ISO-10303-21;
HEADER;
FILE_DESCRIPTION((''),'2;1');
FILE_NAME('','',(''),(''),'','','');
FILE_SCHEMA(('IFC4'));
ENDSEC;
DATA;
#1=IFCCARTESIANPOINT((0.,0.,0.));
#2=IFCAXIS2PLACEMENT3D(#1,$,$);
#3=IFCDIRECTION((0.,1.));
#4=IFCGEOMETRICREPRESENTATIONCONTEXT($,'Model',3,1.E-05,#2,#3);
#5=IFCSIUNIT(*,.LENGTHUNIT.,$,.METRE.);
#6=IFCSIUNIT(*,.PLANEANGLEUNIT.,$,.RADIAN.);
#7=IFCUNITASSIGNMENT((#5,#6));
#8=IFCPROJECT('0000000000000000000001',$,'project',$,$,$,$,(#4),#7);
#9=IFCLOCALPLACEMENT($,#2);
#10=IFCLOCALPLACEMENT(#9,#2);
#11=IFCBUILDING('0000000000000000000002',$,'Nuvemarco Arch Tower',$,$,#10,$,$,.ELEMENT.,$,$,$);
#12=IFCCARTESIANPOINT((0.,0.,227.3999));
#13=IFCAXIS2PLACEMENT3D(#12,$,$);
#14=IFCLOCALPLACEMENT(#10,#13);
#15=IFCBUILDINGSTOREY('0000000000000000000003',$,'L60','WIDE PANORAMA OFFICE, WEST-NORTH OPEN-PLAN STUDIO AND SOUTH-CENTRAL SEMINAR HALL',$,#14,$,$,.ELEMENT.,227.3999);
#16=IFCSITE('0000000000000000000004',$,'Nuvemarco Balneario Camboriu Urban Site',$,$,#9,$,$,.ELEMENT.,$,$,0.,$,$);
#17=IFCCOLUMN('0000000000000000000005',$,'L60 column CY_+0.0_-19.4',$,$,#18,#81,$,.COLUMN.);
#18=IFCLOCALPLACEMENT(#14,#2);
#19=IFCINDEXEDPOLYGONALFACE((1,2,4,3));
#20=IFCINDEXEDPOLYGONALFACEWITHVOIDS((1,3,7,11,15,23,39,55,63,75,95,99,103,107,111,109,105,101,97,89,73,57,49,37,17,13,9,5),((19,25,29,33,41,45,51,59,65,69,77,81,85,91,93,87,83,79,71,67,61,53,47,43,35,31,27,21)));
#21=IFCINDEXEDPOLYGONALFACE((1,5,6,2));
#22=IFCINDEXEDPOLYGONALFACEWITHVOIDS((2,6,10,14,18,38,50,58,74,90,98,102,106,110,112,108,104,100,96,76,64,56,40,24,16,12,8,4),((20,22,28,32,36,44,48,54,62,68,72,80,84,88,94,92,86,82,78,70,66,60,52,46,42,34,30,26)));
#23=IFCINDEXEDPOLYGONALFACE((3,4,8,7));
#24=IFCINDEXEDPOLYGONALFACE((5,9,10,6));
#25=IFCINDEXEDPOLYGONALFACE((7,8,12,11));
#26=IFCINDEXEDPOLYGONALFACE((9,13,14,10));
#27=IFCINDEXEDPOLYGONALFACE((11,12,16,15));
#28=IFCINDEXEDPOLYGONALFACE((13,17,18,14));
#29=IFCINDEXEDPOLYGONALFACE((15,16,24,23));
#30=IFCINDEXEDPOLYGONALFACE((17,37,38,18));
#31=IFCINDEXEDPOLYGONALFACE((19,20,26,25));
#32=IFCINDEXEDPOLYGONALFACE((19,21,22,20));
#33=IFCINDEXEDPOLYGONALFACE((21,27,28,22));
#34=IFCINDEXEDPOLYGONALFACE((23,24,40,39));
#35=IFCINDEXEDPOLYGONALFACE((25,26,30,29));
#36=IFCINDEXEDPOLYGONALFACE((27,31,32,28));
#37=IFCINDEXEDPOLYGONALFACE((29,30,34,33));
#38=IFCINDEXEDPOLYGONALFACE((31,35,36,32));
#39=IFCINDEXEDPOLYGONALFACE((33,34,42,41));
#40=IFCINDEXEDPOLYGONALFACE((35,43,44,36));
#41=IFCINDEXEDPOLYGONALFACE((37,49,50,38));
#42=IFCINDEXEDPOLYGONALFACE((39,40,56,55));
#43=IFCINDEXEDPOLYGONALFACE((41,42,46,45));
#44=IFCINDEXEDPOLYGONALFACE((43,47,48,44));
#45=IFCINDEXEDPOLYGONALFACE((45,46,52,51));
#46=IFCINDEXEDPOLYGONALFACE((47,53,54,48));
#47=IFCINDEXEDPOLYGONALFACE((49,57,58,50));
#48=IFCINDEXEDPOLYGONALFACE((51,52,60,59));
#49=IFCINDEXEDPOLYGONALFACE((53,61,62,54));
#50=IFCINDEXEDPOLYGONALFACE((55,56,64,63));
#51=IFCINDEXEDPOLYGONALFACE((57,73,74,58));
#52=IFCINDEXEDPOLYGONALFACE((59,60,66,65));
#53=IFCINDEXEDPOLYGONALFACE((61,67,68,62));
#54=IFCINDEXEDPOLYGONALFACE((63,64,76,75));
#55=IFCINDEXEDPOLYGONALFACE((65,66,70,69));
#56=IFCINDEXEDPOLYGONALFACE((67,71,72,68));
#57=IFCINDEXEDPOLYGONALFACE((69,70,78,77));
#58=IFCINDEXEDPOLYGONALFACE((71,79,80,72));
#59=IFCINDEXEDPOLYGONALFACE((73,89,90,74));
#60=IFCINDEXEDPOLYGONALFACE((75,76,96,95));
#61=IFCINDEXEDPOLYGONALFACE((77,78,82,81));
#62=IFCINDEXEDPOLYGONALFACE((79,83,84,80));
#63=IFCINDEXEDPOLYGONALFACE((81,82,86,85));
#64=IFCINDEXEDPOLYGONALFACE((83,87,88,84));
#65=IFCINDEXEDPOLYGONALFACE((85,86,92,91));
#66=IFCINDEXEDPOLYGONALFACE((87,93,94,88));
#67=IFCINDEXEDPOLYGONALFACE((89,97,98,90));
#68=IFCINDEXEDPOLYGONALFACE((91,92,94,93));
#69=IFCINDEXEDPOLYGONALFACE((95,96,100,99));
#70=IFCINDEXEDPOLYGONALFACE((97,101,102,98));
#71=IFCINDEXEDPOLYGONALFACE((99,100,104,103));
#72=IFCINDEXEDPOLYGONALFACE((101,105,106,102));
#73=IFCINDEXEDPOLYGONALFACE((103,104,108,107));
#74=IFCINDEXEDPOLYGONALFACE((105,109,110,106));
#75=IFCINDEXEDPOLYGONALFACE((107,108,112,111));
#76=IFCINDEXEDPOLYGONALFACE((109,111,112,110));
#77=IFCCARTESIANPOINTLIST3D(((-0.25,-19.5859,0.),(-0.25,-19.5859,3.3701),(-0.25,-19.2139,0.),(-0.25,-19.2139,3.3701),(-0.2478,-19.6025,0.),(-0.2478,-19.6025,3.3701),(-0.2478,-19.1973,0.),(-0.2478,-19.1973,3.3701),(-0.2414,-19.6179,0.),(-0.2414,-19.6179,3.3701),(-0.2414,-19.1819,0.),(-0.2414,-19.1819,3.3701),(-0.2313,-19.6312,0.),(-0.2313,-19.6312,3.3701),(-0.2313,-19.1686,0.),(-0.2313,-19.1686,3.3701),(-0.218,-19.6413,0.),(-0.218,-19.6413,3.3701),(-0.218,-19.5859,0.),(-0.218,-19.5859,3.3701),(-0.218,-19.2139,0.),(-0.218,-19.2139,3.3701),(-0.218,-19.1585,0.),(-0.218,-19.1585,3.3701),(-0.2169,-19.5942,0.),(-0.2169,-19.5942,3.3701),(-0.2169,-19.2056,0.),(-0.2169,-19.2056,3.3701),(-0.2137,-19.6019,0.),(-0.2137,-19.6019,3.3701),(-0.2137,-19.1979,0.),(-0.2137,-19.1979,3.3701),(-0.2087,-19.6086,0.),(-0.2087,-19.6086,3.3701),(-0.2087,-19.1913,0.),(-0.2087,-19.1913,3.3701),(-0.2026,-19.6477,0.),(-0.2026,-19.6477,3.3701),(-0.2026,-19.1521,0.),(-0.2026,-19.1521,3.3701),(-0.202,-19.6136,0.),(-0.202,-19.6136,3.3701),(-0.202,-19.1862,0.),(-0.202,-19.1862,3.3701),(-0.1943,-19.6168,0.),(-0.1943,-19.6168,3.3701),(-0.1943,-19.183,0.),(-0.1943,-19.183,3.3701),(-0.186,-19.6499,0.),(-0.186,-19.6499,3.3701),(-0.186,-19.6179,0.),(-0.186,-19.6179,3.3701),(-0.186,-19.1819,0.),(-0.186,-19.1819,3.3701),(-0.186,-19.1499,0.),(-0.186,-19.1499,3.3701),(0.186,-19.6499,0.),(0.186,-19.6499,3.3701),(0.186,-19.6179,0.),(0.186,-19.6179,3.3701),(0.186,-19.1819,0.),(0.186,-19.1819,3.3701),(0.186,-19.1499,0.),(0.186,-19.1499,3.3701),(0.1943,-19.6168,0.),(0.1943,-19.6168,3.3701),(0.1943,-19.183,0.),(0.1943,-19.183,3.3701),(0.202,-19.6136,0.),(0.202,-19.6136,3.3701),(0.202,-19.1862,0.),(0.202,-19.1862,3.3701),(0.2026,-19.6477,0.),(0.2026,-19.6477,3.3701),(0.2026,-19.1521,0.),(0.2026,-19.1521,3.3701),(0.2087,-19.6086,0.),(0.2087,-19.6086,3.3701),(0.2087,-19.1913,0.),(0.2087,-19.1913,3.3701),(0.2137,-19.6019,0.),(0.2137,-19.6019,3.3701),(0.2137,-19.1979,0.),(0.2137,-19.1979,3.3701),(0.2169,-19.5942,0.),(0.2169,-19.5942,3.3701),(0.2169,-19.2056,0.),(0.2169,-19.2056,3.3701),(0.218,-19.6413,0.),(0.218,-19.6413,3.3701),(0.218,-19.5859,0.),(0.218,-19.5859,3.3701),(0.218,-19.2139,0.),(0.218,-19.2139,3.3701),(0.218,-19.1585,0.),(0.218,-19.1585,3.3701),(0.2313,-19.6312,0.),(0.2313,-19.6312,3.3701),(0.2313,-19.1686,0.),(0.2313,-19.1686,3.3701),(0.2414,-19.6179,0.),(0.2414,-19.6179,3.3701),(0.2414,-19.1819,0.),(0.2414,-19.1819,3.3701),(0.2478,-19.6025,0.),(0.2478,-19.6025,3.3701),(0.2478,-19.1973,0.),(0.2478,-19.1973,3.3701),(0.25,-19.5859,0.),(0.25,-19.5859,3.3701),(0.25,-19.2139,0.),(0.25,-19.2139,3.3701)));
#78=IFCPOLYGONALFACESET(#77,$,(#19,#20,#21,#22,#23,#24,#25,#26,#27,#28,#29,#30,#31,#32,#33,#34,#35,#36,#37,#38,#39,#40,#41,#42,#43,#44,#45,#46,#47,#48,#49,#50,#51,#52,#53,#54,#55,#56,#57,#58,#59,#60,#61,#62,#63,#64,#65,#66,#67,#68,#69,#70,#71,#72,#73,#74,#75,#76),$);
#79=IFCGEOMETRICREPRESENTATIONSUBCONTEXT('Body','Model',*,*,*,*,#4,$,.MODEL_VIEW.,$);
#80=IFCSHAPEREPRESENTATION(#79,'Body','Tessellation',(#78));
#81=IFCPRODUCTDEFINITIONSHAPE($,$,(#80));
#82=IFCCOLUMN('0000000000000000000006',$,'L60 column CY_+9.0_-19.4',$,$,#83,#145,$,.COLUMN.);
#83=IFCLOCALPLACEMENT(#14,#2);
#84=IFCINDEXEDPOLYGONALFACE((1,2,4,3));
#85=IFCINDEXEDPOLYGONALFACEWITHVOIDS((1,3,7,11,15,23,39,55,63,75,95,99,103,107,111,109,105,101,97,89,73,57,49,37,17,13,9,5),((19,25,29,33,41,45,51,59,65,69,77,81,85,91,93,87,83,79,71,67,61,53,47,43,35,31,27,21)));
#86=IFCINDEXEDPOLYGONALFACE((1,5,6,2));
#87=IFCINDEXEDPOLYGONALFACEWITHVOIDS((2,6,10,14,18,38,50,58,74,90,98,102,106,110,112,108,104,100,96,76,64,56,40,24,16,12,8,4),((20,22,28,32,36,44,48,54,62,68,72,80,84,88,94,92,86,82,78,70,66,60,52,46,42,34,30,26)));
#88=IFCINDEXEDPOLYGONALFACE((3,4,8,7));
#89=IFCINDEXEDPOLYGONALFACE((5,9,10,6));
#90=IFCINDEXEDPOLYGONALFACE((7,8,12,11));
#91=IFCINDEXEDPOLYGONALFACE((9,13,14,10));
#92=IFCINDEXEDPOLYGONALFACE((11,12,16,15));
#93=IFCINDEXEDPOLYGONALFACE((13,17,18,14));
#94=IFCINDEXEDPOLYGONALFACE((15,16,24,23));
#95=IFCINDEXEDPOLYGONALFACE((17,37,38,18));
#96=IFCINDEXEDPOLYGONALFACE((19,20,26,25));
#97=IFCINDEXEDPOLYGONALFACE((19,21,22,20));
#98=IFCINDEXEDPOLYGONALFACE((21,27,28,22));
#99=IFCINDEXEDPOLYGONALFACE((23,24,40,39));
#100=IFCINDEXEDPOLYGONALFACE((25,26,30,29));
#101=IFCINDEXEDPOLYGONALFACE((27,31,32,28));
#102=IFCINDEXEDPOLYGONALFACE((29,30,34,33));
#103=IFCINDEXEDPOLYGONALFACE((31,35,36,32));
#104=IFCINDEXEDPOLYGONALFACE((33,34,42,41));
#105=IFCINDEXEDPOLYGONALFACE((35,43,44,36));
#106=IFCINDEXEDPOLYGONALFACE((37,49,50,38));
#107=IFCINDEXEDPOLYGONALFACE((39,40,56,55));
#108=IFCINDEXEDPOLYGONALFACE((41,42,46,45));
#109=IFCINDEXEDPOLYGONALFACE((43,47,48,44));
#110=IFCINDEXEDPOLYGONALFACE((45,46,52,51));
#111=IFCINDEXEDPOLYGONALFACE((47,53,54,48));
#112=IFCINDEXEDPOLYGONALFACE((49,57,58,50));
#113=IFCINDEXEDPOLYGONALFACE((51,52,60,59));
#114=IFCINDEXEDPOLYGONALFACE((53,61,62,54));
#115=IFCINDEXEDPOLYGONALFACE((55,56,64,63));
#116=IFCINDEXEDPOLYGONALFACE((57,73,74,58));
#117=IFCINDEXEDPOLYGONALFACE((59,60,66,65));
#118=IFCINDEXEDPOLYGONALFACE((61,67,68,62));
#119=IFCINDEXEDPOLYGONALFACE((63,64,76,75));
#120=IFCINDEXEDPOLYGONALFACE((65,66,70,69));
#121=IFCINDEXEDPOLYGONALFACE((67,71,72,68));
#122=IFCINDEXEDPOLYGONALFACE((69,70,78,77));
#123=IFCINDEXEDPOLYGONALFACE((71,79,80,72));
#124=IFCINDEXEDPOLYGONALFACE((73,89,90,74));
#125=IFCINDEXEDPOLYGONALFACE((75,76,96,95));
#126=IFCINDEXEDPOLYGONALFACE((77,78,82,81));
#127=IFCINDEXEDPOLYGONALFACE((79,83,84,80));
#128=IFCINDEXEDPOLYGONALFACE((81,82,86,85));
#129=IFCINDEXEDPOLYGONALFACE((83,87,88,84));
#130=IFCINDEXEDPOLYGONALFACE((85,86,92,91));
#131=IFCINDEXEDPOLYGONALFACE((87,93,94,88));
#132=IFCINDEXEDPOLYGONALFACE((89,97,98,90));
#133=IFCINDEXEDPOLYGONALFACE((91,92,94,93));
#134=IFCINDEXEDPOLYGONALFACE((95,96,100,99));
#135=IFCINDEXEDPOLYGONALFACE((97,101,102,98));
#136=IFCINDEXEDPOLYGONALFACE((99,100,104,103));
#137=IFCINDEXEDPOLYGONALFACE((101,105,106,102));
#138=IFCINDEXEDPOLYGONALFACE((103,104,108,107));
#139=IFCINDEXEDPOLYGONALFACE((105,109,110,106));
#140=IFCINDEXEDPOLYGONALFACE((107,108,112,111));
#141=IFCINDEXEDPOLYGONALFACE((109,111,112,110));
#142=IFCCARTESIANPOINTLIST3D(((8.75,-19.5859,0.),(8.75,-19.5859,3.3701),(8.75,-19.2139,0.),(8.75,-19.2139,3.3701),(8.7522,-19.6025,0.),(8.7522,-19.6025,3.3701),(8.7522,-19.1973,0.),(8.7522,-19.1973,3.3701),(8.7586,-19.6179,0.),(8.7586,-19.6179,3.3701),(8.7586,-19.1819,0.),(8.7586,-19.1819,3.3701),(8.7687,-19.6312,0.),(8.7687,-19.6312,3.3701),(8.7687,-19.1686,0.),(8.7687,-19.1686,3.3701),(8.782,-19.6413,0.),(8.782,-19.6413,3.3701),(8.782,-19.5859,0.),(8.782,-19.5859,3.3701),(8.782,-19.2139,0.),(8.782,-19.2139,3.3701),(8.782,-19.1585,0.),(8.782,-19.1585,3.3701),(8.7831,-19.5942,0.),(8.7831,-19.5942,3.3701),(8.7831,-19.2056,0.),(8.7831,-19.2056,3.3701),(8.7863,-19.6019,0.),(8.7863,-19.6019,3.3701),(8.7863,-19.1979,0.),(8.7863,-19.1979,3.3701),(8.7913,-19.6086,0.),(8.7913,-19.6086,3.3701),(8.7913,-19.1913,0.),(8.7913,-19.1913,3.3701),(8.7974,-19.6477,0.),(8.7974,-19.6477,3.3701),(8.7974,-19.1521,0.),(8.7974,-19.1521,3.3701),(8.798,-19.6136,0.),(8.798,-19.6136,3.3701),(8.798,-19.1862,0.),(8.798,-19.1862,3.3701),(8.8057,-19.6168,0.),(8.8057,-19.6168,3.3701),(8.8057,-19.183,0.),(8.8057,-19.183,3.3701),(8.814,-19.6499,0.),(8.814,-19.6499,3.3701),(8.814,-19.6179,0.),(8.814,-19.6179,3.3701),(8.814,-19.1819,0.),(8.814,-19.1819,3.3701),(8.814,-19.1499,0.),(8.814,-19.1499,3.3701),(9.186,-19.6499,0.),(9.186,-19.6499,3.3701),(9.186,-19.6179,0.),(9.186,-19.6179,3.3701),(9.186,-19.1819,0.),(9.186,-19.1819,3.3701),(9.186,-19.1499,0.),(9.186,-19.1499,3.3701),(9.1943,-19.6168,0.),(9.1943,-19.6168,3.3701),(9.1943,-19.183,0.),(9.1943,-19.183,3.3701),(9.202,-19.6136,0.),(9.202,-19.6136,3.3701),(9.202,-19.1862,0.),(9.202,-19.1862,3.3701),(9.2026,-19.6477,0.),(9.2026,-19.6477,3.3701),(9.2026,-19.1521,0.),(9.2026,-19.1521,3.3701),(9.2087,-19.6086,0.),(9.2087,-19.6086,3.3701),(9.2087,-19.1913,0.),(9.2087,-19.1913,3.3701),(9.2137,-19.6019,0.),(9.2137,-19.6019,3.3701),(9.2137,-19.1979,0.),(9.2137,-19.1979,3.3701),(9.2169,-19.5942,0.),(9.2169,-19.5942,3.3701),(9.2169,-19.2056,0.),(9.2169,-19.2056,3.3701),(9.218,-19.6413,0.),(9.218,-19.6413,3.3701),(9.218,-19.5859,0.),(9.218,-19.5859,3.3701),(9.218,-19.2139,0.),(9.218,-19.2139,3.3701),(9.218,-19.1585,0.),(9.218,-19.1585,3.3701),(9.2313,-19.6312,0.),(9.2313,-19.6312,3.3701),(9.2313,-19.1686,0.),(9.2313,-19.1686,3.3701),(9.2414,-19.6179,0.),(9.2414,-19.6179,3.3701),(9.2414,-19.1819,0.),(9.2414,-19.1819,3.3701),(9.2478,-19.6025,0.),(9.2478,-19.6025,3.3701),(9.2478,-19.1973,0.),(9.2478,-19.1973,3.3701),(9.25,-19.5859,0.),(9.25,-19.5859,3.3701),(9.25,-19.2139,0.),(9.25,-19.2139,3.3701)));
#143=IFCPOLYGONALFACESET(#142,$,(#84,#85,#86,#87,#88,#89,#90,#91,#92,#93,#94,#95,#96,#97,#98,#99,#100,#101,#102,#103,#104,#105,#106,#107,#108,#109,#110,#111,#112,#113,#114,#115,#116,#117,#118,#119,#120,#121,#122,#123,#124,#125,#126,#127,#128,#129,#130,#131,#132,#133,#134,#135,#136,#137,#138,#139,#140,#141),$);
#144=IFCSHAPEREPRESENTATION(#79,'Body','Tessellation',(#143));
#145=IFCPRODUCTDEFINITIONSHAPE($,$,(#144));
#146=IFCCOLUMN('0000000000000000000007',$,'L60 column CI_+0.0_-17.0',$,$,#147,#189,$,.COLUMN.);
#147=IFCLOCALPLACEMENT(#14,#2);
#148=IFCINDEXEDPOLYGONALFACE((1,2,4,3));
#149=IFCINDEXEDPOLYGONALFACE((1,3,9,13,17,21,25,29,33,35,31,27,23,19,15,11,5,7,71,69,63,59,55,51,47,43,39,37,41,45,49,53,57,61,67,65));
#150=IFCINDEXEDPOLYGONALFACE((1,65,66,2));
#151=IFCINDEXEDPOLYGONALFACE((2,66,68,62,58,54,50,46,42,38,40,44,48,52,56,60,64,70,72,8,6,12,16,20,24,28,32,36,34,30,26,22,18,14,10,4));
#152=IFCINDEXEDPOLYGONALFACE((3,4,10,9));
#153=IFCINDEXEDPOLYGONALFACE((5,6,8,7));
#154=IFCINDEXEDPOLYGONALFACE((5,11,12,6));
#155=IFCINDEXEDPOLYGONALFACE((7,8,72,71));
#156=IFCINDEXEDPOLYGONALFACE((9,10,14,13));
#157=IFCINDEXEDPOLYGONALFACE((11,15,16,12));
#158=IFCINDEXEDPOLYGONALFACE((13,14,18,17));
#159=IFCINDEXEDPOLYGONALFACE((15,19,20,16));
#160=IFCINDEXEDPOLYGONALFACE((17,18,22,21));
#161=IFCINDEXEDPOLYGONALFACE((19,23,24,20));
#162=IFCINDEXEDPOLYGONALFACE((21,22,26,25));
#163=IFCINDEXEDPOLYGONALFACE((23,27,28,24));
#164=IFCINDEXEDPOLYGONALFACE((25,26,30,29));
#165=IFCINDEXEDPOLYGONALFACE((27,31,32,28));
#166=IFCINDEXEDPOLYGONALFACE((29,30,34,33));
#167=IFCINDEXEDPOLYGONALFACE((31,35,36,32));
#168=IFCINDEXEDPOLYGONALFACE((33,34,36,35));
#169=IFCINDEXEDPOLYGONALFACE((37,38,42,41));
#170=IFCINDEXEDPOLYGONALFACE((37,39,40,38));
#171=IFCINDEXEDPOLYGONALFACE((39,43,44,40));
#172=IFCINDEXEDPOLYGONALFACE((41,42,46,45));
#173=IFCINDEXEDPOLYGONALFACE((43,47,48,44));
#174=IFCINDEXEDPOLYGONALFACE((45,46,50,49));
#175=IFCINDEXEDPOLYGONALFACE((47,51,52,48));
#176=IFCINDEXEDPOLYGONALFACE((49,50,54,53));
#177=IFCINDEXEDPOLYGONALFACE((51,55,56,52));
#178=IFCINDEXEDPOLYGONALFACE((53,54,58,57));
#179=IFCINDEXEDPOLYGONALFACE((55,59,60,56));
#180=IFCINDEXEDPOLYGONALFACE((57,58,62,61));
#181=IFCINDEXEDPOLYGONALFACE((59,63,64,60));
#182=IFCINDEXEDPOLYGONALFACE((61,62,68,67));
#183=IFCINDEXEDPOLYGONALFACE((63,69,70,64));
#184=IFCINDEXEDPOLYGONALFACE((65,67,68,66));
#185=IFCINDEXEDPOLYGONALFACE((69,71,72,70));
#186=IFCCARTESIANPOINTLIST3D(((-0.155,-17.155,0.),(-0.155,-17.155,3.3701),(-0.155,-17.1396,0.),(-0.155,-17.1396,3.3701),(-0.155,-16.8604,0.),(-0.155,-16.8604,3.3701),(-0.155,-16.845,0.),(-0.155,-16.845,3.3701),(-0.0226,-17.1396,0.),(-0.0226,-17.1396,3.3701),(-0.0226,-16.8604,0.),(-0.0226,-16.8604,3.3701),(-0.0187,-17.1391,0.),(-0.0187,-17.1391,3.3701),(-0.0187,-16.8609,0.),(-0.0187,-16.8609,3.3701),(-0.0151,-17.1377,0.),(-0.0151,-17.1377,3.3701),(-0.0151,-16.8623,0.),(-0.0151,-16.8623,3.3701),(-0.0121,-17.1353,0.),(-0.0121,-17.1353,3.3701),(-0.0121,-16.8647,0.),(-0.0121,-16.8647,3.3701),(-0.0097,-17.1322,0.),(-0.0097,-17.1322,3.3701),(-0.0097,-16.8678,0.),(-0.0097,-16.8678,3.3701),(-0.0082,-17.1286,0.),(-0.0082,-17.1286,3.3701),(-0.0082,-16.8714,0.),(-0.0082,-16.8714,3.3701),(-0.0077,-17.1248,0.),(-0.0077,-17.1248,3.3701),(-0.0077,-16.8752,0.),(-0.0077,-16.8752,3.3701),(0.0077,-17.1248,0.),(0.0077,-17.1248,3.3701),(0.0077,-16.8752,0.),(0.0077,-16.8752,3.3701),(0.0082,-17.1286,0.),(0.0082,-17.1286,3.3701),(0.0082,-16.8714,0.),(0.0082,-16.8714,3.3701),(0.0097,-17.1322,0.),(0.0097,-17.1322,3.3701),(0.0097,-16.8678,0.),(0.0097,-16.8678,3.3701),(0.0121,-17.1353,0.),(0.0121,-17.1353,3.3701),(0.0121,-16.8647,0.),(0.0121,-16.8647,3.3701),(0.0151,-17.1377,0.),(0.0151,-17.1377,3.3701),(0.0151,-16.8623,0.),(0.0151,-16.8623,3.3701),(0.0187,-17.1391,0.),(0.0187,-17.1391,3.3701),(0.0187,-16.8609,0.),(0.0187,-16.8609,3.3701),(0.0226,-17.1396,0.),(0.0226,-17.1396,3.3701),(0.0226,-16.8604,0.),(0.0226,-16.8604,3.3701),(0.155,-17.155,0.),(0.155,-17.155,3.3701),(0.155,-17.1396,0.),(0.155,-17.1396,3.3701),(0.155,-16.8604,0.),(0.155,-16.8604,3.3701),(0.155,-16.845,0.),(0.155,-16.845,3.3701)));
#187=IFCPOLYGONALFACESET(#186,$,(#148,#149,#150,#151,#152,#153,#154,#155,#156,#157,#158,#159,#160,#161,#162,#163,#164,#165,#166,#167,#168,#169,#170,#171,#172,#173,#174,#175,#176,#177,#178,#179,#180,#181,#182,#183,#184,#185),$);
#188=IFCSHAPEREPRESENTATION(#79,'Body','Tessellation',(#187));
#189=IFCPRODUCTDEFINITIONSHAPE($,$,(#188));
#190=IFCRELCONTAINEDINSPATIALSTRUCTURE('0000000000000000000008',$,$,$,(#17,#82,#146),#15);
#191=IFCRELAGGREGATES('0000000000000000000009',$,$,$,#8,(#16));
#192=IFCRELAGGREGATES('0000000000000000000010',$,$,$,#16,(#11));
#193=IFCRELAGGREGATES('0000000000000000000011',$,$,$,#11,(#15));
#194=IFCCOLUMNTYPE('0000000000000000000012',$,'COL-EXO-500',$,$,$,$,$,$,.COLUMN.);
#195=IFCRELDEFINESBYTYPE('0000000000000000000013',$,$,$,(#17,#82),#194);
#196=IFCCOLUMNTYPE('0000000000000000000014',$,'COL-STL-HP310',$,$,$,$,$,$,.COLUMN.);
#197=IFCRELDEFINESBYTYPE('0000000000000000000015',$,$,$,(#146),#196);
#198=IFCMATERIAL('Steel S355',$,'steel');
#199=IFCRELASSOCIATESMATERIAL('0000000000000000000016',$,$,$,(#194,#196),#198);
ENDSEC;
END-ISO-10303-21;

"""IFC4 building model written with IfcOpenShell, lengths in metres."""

from ifc_helpers import new_model, si_unit, direction, frame, origin, origin_2d, place, context, subcontext, project, spatial, hollow_rectangle, i_section, extrude, material, material_profile, profile_set, type_object, element, save


model = new_model("IFC4")

# Units and contexts
model_context = context("Model", 3, precision=1e-05, world=origin(), true_north=direction((0.0, 1.0)))
body_context = subcontext(model_context, "Body", "Model", "MODEL_VIEW")
ifc_project = project(units=[si_unit("LENGTHUNIT", "METRE"), si_unit("PLANEANGLEUNIT", "RADIAN")], contexts=[model_context])

# Site, building, storey
site_placement = place(None, origin())
site = spatial("IfcSite", under=ifc_project, at=site_placement, Name="Nuvemarco Balneario Camboriu Urban Site", CompositionType="ELEMENT", RefElevation=0.0)
building_placement = place(site_placement, origin())
building = spatial("IfcBuilding", under=site, at=building_placement, Name="Nuvemarco Arch Tower", CompositionType="ELEMENT")
storey_placement = place(building_placement, frame((0.0, 0.0, 227.3999)))
storey = spatial("IfcBuildingStorey", under=building, at=storey_placement, Name="L60", Description="WIDE PANORAMA OFFICE, WEST-NORTH OPEN-PLAN STUDIO AND SOUTH-CENTRAL SEMINAR HALL", CompositionType="ELEMENT", Elevation=227.3999)

# Columns
ifc_material_1 = material(Name="Steel S355", Category="steel")
ifc_material_profile_1 = material_profile(ifc_material_1, hollow_rectangle(XDim=0.5, YDim=0.5, WallThickness=0.032, InnerFilletRadius=0.032, OuterFilletRadius=0.064, at=origin_2d()), Name="SHS500x500x32")
ifc_profile_set_1 = profile_set([ifc_material_profile_1], Name="Steel S355")
column_type_1 = type_object("IfcColumnType", Name="COL-EXO-500", PredefinedType="COLUMN", material=ifc_profile_set_1)
for number, where, z_axis, x_axis, name in (
    (1, (0.0, -19.3999, 0.0), (0.0, 0.0, 1.0), (1.0, 0.0, 0.0), "L60 column CY_+0.0_-19.4"),
    (2, (9.0, -19.3999, 0.0), (0.0, 0.0, 1.0), (1.0, 0.0, 0.0), "L60 column CY_+9.0_-19.4"),
):
    element("IfcColumn", number, at=place(storey_placement, frame(where, z_axis=z_axis, x_axis=x_axis)), inside=storey, type_object=column_type_1, Name=name, PredefinedType="COLUMN", context=body_context, shape_type="SweptSolid", body=[
        extrude(hollow_rectangle(XDim=0.5, YDim=0.5, WallThickness=0.032, InnerFilletRadius=0.032, OuterFilletRadius=0.064, at=origin_2d()), origin(), (0.0, 0.0, 1.0), 3.3701),
    ])
ifc_material_profile_2 = material_profile(ifc_material_1, i_section(OverallWidth=0.3101, OverallDepth=0.3101, WebThickness=0.0154, FlangeThickness=0.0154, FilletRadius=0.0149, at=origin_2d()), Name="HP310x110")
ifc_profile_set_2 = profile_set([ifc_material_profile_2], Name="Steel S355")
column_type_2 = type_object("IfcColumnType", Name="COL-STL-HP310", PredefinedType="COLUMN", material=ifc_profile_set_2)
for number, where, z_axis, x_axis, name in (
    (3, (0.0, -17.0, 0.0), (0.0, 0.0, 1.0), (1.0, 0.0, 0.0), "L60 column CI_+0.0_-17.0"),
):
    element("IfcColumn", number, at=place(storey_placement, frame(where, z_axis=z_axis, x_axis=x_axis)), inside=storey, type_object=column_type_2, Name=name, PredefinedType="COLUMN", context=body_context, shape_type="SweptSolid", body=[
        extrude(i_section(OverallWidth=0.3101, OverallDepth=0.3101, WebThickness=0.0154, FlangeThickness=0.0154, FilletRadius=0.0149, at=origin_2d()), origin(), (0.0, 0.0, 1.0), 3.3701),
    ])

save(model, "model.ifc")
